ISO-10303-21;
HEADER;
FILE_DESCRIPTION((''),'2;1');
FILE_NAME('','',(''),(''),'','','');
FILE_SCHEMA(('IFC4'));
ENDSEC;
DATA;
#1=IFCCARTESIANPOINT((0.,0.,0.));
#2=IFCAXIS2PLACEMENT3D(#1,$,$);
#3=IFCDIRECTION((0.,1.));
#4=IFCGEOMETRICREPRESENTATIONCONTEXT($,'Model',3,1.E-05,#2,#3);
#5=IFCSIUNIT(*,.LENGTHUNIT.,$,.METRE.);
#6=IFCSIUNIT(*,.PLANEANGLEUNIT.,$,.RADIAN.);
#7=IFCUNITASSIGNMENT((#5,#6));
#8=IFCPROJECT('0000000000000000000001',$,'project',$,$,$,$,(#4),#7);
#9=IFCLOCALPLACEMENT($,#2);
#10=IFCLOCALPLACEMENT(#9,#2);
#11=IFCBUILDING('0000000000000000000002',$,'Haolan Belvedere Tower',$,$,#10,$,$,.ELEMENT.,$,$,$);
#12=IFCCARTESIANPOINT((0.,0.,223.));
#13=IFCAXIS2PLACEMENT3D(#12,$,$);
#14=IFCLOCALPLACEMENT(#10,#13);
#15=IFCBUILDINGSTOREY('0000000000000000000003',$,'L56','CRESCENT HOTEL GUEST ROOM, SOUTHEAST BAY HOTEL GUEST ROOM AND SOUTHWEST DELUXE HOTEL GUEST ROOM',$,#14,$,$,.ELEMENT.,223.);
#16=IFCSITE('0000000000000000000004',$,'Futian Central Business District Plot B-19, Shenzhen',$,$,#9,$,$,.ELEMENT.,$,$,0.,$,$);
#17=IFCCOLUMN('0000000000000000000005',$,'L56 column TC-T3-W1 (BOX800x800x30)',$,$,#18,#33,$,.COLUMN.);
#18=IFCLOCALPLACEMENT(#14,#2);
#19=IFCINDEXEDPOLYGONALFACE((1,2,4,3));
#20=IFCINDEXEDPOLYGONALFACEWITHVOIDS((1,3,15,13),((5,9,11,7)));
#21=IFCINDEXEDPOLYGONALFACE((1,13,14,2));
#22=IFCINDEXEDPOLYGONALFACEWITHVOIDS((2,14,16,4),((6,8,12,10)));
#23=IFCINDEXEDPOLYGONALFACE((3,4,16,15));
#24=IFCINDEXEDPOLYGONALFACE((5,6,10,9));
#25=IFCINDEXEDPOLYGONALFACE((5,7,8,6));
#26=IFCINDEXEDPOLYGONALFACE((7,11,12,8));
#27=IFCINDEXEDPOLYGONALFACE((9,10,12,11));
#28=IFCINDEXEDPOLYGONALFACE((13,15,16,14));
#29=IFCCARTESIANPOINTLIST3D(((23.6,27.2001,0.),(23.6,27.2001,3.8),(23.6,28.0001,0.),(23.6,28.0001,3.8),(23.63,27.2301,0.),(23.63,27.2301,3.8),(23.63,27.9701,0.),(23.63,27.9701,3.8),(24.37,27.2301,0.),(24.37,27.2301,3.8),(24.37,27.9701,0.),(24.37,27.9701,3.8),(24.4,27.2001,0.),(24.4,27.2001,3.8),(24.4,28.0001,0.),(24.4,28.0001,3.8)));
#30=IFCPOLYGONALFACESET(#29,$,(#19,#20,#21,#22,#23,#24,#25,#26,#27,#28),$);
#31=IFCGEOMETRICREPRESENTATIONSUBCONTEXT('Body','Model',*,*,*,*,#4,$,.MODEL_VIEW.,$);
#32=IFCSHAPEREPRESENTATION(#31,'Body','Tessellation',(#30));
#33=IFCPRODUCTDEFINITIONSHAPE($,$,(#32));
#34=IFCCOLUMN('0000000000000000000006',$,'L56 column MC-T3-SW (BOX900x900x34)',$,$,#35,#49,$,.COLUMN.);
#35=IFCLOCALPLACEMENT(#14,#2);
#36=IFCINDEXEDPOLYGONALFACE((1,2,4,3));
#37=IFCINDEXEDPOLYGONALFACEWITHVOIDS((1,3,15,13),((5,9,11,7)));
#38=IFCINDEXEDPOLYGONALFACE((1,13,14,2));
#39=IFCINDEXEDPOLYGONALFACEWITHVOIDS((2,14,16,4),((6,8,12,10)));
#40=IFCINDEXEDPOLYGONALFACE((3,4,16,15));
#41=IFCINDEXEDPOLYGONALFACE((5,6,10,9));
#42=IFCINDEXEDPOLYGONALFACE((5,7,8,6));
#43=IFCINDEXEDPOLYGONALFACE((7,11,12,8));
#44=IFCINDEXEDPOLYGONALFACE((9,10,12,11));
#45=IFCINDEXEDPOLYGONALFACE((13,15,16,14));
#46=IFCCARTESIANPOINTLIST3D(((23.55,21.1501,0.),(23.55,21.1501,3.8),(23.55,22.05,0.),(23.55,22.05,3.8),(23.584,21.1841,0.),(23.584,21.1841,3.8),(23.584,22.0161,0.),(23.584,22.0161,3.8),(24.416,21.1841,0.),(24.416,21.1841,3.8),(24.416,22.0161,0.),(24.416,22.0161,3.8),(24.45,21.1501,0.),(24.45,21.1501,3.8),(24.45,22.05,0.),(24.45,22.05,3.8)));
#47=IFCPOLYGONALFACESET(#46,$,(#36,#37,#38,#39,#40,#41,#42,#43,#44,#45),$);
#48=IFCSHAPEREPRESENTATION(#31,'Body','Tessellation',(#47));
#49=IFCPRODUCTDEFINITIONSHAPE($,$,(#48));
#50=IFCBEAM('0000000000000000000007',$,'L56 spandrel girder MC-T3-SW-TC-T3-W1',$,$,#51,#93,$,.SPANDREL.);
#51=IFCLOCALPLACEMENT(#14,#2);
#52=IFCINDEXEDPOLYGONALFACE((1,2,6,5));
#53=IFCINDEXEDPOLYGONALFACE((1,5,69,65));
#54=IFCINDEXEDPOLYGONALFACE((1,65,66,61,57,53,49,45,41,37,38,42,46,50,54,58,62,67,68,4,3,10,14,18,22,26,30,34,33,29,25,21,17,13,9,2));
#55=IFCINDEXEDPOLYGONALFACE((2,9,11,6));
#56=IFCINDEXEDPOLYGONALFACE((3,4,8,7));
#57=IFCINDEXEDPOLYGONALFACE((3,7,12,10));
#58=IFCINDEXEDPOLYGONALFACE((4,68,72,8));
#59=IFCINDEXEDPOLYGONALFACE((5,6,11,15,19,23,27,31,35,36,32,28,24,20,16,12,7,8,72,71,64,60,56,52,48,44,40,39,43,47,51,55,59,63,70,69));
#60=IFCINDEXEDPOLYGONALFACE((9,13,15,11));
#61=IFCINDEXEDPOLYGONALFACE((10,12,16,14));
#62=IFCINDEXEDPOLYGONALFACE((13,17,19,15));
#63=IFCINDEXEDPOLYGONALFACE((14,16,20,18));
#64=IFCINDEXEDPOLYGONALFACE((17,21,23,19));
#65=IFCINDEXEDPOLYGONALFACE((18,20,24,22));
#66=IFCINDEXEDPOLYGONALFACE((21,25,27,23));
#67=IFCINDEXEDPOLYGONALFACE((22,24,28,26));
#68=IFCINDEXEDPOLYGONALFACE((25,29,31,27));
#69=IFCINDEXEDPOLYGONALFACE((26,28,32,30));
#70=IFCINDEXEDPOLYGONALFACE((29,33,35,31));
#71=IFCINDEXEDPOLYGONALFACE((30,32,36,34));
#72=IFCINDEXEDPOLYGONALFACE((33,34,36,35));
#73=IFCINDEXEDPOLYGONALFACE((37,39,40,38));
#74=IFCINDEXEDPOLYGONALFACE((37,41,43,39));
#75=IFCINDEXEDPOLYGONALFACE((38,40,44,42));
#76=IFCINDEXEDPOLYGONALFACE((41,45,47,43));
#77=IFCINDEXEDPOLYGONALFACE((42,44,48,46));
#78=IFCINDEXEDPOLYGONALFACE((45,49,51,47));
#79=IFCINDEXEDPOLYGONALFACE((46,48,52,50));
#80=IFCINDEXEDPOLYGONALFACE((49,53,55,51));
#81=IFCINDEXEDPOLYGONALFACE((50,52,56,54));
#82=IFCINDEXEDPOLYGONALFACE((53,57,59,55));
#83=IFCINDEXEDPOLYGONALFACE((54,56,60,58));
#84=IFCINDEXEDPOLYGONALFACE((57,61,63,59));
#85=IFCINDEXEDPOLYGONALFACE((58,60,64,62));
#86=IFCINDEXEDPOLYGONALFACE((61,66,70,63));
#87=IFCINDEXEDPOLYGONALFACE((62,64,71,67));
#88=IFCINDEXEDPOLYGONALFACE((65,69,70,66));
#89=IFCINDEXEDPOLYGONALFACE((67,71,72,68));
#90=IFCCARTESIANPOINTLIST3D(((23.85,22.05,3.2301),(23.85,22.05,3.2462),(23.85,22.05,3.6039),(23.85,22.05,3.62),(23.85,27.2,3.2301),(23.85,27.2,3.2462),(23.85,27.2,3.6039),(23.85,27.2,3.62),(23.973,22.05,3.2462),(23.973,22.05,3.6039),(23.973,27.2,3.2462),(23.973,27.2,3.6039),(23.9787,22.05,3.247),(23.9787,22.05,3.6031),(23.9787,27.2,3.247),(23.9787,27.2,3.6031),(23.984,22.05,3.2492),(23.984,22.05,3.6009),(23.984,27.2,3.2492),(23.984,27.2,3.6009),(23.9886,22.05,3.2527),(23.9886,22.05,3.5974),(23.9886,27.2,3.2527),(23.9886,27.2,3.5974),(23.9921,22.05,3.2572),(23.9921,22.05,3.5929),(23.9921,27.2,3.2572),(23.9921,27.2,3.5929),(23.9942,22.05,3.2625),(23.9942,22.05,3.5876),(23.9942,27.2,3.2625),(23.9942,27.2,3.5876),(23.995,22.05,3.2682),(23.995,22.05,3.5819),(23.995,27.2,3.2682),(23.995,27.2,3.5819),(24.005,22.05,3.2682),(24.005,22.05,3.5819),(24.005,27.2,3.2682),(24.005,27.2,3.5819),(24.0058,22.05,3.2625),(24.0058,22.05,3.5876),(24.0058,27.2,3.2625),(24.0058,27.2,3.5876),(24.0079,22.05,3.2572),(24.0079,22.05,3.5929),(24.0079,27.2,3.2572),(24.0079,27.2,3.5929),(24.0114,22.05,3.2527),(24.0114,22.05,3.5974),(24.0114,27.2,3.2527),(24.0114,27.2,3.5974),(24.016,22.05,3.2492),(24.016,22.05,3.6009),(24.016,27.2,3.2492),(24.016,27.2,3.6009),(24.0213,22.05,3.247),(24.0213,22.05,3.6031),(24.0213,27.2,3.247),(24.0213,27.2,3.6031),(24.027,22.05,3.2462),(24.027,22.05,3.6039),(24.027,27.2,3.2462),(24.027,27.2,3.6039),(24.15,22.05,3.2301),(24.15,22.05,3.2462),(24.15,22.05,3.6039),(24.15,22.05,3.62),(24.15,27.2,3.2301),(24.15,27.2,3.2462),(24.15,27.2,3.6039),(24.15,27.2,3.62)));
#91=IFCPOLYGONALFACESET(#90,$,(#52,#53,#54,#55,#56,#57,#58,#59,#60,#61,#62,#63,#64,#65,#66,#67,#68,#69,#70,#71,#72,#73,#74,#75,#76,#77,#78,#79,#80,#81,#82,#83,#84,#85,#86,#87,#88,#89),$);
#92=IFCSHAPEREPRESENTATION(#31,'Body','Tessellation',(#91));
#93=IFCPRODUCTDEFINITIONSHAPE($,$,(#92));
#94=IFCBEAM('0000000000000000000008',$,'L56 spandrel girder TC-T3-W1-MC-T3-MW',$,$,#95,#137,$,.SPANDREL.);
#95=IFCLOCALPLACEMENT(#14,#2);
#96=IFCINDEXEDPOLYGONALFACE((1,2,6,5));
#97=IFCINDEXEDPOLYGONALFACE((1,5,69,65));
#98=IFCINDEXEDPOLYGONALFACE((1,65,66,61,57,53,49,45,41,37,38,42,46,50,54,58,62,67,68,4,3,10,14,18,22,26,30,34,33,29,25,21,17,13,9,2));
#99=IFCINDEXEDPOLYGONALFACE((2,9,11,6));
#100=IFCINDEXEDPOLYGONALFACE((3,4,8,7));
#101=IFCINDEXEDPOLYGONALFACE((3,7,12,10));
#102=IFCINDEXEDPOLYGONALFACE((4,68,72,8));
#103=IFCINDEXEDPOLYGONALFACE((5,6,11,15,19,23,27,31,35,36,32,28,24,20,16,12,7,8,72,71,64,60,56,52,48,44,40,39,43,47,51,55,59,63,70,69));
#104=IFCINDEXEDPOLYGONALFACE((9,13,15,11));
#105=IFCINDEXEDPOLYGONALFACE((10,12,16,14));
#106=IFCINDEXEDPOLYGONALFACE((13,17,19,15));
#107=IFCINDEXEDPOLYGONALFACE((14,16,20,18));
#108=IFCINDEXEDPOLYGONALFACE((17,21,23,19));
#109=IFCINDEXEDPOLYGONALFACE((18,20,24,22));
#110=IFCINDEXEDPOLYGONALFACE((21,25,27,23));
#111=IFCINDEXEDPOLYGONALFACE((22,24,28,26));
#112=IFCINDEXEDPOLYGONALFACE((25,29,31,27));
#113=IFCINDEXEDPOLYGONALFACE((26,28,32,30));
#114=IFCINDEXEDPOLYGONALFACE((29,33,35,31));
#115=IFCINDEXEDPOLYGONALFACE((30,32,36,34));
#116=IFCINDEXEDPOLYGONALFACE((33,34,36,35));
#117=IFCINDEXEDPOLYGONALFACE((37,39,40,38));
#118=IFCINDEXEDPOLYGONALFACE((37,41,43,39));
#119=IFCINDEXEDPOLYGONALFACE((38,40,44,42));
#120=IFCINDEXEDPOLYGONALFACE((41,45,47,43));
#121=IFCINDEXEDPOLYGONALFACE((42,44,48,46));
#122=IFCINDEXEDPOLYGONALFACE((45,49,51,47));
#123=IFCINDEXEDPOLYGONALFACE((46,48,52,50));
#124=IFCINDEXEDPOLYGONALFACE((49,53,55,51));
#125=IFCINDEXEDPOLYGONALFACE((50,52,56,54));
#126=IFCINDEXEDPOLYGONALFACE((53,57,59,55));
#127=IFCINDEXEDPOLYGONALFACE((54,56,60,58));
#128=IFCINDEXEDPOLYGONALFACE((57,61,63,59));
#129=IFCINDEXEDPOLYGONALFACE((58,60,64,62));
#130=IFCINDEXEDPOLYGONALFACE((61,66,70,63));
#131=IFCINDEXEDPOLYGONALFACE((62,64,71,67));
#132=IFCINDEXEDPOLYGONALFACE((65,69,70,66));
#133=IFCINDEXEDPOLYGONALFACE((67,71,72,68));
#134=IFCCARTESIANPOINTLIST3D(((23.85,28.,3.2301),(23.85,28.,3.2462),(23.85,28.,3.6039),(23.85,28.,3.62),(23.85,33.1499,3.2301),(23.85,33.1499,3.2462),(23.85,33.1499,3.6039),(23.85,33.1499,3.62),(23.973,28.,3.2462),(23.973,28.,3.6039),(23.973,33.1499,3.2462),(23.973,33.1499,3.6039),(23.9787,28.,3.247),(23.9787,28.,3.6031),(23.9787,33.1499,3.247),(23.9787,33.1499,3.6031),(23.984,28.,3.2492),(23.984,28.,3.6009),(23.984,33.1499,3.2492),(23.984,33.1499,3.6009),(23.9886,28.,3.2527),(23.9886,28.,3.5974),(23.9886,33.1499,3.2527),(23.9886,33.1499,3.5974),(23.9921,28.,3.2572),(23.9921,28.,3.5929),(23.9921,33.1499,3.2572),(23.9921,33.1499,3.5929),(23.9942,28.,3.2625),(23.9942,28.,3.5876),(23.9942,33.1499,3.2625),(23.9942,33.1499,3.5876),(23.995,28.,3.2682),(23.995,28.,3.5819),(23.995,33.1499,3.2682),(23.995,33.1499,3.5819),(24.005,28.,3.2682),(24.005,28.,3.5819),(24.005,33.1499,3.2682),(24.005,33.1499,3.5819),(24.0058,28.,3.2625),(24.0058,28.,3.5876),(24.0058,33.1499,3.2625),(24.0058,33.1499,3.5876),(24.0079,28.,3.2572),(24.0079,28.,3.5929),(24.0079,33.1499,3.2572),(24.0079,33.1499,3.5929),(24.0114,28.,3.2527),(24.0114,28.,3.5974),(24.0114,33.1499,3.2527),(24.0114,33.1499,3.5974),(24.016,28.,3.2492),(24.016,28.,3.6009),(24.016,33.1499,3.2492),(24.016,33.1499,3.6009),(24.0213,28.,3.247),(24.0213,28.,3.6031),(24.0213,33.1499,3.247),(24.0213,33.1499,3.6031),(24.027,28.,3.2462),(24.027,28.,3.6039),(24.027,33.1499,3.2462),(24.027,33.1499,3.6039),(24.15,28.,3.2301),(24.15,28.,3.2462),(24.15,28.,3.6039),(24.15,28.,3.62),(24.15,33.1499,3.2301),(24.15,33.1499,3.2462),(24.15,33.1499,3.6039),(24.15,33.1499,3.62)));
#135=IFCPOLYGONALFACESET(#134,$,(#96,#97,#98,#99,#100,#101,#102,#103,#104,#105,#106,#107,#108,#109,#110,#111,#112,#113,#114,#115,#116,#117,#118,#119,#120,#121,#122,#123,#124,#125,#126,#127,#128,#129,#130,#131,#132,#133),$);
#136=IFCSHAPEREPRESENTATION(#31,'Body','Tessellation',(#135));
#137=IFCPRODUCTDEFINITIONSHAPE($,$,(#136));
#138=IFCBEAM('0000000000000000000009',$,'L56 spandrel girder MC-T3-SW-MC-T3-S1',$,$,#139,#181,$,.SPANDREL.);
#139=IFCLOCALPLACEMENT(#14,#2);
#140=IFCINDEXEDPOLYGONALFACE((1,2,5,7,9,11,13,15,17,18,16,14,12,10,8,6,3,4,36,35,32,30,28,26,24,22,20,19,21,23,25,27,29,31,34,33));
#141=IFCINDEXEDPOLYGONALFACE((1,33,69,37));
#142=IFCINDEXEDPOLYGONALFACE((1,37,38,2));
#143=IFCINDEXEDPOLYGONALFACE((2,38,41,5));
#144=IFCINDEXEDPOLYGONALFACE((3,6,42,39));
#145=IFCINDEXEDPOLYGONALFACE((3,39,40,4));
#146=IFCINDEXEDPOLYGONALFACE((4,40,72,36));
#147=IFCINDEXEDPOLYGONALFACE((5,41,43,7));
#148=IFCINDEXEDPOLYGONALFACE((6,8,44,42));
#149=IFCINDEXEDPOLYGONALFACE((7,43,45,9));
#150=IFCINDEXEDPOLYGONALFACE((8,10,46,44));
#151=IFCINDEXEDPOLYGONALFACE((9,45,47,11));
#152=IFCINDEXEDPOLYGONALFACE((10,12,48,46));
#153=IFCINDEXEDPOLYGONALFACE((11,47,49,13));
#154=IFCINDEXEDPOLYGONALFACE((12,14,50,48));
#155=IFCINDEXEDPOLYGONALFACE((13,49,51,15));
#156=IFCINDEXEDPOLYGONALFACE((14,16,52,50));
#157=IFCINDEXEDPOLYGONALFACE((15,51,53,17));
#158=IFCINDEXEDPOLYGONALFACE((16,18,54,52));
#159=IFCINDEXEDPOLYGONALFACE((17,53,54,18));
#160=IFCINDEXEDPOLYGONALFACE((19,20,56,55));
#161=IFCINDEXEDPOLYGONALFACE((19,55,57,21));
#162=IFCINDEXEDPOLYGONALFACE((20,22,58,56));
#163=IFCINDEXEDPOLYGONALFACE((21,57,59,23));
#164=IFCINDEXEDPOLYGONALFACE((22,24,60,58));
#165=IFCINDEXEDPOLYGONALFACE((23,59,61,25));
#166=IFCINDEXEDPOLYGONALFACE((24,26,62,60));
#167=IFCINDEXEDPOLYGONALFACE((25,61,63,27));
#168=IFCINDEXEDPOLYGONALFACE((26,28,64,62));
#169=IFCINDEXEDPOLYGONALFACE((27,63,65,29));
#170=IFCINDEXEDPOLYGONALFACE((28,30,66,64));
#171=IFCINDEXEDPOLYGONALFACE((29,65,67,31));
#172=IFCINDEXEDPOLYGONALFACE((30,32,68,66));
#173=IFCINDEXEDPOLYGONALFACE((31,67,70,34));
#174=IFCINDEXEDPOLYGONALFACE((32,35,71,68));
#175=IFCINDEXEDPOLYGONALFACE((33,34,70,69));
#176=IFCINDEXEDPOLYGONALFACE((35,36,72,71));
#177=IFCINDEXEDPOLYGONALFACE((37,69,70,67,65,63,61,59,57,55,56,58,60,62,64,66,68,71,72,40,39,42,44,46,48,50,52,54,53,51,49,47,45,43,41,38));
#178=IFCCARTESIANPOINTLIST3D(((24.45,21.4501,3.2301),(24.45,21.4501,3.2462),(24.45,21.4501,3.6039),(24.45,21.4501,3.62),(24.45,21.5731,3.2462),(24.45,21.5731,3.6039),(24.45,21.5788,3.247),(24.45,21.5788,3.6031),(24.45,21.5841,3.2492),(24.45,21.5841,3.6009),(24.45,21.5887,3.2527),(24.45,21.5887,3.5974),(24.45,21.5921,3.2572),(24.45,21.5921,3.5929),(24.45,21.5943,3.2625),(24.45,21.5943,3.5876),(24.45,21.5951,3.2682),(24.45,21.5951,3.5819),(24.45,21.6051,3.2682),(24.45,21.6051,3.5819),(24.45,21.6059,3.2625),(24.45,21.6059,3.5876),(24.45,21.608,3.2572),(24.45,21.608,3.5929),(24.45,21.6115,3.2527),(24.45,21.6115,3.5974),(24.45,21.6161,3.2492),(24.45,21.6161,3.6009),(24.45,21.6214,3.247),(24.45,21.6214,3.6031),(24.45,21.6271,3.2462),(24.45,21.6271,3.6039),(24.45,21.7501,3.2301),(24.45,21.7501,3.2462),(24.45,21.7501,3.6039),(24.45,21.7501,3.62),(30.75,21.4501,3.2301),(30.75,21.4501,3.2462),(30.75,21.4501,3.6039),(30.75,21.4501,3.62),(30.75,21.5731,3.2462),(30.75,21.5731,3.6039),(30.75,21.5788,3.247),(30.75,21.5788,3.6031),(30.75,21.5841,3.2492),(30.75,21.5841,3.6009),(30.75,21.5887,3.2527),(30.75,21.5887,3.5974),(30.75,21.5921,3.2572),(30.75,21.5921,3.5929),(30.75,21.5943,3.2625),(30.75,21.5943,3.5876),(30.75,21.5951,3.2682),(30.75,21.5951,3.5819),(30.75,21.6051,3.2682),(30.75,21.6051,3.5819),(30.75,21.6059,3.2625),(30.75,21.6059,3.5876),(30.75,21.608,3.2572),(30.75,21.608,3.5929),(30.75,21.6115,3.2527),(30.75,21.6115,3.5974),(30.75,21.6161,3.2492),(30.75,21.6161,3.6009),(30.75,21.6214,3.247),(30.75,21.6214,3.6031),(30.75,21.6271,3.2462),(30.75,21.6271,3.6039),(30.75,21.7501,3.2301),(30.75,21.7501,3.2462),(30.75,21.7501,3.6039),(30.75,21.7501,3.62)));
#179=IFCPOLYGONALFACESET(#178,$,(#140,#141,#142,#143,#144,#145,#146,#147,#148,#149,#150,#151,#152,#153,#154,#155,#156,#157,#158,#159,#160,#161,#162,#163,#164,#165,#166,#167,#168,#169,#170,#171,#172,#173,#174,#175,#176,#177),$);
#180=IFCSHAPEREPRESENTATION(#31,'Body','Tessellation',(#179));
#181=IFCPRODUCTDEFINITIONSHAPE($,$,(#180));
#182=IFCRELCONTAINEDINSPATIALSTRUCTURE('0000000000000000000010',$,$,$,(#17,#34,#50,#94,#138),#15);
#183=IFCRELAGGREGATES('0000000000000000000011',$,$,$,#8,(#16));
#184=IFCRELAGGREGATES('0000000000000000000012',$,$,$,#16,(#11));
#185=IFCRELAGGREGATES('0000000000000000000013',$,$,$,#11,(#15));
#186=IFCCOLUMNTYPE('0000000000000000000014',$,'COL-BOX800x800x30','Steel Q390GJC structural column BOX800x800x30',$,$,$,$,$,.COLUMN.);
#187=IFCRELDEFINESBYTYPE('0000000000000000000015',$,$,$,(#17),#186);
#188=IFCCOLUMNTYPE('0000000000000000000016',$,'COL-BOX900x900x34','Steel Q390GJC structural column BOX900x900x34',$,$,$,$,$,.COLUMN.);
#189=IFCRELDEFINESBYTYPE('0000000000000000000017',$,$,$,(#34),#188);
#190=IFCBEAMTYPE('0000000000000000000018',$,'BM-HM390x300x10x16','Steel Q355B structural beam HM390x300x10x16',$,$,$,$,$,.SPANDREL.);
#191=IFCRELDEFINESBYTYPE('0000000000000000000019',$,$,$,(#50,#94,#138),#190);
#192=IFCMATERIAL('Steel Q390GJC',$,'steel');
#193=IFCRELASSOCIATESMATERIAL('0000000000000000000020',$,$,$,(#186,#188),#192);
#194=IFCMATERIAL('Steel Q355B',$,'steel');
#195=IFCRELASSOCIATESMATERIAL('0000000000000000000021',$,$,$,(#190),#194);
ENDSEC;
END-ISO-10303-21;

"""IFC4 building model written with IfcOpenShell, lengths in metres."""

from ifc_helpers import new_model, si_unit, direction, frame, origin, origin_2d, place, context, subcontext, project, spatial, hollow_rectangle, i_section, extrude, material, material_profile, profile_set, type_object, element, save


model = new_model("IFC4")

# Units and contexts
model_context = context("Model", 3, precision=1e-05, world=origin(), true_north=direction((0.0, 1.0)))
body_context = subcontext(model_context, "Body", "Model", "MODEL_VIEW")
ifc_project = project(units=[si_unit("LENGTHUNIT", "METRE"), si_unit("PLANEANGLEUNIT", "RADIAN")], contexts=[model_context])

# Site, building, storey
site_placement = place(None, origin())
site = spatial("IfcSite", under=ifc_project, at=site_placement, Name="Futian Central Business District Plot B-19, Shenzhen", CompositionType="ELEMENT", RefElevation=0.0)
building_placement = place(site_placement, origin())
building = spatial("IfcBuilding", under=site, at=building_placement, Name="Haolan Belvedere Tower", CompositionType="ELEMENT")
storey_placement = place(building_placement, frame((0.0, 0.0, 223.0)))
storey = spatial("IfcBuildingStorey", under=building, at=storey_placement, Name="L56", Description="CRESCENT HOTEL GUEST ROOM, SOUTHEAST BAY HOTEL GUEST ROOM AND SOUTHWEST DELUXE HOTEL GUEST ROOM", CompositionType="ELEMENT", Elevation=223.0)

# Columns
ifc_material_1 = material(Name="Steel Q390GJC", Category="steel")
ifc_material_profile_1 = material_profile(ifc_material_1, hollow_rectangle(XDim=0.8, YDim=0.8, WallThickness=0.03, at=origin_2d()), Name="Steel Q390GJC")
ifc_profile_set_1 = profile_set([ifc_material_profile_1], Name="Steel Q390GJC")
column_type_1 = type_object("IfcColumnType", Name="COL-BOX800x800x30", Description="Steel Q390GJC structural column BOX800x800x30", PredefinedType="COLUMN", material=ifc_profile_set_1)
column_1_placement = place(storey_placement, frame((24.0, 27.6001, 0.0), z_axis=(0.0, 0.0, 1.0), x_axis=(1.0, 0.0, 0.0)))
element("IfcColumn", 1, at=column_1_placement, inside=storey, type_object=column_type_1, Name="L56 column TC-T3-W1 (BOX800x800x30)", PredefinedType="COLUMN", context=body_context, shape_type="SweptSolid", body=[
    extrude(hollow_rectangle(XDim=0.8, YDim=0.8, WallThickness=0.03, at=origin_2d()), origin(), (0.0, 0.0, 1.0), 3.8),
])
ifc_material_profile_2 = material_profile(ifc_material_1, hollow_rectangle(XDim=0.8999, YDim=0.8999, WallThickness=0.0339, at=origin_2d()), Name="Steel Q390GJC")
ifc_profile_set_2 = profile_set([ifc_material_profile_2], Name="Steel Q390GJC")
column_type_2 = type_object("IfcColumnType", Name="COL-BOX900x900x34", Description="Steel Q390GJC structural column BOX900x900x34", PredefinedType="COLUMN", material=ifc_profile_set_2)
column_2_placement = place(storey_placement, frame((24.0, 21.6001, 0.0), z_axis=(0.0, 0.0, 1.0), x_axis=(1.0, 0.0, 0.0)))
element("IfcColumn", 2, at=column_2_placement, inside=storey, type_object=column_type_2, Name="L56 column MC-T3-SW (BOX900x900x34)", PredefinedType="COLUMN", context=body_context, shape_type="SweptSolid", body=[
    extrude(hollow_rectangle(XDim=0.8999, YDim=0.8999, WallThickness=0.0339, at=origin_2d()), origin(), (0.0, 0.0, 1.0), 3.8),
])

# Beams
ifc_material_2 = material(Name="Steel Q355B", Category="steel")
ifc_material_profile_3 = material_profile(ifc_material_2, i_section(OverallWidth=0.3, OverallDepth=0.3899, WebThickness=0.01, FlangeThickness=0.0161, FilletRadius=0.022, at=origin_2d()), Name="Steel Q355B")
ifc_profile_set_3 = profile_set([ifc_material_profile_3], Name="Steel Q355B")
beam_type_1 = type_object("IfcBeamType", Name="BM-HM390x300x10x16", Description="Steel Q355B structural beam HM390x300x10x16", PredefinedType="SPANDREL", material=ifc_profile_set_3)
for number, where, z_axis, x_axis, name in (
    (3, (24.0, 22.05, 3.425), (0.0, 1.0, 0.0), (-1.0, 0.0, 0.0), "L56 spandrel girder MC-T3-SW-TC-T3-W1"),
    (4, (24.0, 28.0, 3.425), (0.0, 1.0, 0.0), (-1.0, 0.0, 0.0), "L56 spandrel girder TC-T3-W1-MC-T3-MW"),
):
    element("IfcBeam", number, at=place(storey_placement, frame(where, z_axis=z_axis, x_axis=x_axis)), inside=storey, type_object=beam_type_1, Name=name, PredefinedType="SPANDREL", context=body_context, shape_type="SweptSolid", body=[
        extrude(i_section(OverallWidth=0.3, OverallDepth=0.3899, WebThickness=0.01, FlangeThickness=0.0161, FilletRadius=0.022, at=origin_2d()), origin(), (0.0, 0.0, 1.0), 5.1499),
    ])
beam_1_placement = place(storey_placement, frame((24.45, 21.6001, 3.425), z_axis=(1.0, 0.0, 0.0), x_axis=(0.0, 1.0, 0.0)))
element("IfcBeam", 5, at=beam_1_placement, inside=storey, type_object=beam_type_1, Name="L56 spandrel girder MC-T3-SW-MC-T3-S1", PredefinedType="SPANDREL", context=body_context, shape_type="SweptSolid", body=[
    extrude(i_section(OverallWidth=0.3, OverallDepth=0.3899, WebThickness=0.01, FlangeThickness=0.0161, FilletRadius=0.022, at=origin_2d()), origin(), (0.0, 0.0, 1.0), 6.3),
])

save(model, "model.ifc")
